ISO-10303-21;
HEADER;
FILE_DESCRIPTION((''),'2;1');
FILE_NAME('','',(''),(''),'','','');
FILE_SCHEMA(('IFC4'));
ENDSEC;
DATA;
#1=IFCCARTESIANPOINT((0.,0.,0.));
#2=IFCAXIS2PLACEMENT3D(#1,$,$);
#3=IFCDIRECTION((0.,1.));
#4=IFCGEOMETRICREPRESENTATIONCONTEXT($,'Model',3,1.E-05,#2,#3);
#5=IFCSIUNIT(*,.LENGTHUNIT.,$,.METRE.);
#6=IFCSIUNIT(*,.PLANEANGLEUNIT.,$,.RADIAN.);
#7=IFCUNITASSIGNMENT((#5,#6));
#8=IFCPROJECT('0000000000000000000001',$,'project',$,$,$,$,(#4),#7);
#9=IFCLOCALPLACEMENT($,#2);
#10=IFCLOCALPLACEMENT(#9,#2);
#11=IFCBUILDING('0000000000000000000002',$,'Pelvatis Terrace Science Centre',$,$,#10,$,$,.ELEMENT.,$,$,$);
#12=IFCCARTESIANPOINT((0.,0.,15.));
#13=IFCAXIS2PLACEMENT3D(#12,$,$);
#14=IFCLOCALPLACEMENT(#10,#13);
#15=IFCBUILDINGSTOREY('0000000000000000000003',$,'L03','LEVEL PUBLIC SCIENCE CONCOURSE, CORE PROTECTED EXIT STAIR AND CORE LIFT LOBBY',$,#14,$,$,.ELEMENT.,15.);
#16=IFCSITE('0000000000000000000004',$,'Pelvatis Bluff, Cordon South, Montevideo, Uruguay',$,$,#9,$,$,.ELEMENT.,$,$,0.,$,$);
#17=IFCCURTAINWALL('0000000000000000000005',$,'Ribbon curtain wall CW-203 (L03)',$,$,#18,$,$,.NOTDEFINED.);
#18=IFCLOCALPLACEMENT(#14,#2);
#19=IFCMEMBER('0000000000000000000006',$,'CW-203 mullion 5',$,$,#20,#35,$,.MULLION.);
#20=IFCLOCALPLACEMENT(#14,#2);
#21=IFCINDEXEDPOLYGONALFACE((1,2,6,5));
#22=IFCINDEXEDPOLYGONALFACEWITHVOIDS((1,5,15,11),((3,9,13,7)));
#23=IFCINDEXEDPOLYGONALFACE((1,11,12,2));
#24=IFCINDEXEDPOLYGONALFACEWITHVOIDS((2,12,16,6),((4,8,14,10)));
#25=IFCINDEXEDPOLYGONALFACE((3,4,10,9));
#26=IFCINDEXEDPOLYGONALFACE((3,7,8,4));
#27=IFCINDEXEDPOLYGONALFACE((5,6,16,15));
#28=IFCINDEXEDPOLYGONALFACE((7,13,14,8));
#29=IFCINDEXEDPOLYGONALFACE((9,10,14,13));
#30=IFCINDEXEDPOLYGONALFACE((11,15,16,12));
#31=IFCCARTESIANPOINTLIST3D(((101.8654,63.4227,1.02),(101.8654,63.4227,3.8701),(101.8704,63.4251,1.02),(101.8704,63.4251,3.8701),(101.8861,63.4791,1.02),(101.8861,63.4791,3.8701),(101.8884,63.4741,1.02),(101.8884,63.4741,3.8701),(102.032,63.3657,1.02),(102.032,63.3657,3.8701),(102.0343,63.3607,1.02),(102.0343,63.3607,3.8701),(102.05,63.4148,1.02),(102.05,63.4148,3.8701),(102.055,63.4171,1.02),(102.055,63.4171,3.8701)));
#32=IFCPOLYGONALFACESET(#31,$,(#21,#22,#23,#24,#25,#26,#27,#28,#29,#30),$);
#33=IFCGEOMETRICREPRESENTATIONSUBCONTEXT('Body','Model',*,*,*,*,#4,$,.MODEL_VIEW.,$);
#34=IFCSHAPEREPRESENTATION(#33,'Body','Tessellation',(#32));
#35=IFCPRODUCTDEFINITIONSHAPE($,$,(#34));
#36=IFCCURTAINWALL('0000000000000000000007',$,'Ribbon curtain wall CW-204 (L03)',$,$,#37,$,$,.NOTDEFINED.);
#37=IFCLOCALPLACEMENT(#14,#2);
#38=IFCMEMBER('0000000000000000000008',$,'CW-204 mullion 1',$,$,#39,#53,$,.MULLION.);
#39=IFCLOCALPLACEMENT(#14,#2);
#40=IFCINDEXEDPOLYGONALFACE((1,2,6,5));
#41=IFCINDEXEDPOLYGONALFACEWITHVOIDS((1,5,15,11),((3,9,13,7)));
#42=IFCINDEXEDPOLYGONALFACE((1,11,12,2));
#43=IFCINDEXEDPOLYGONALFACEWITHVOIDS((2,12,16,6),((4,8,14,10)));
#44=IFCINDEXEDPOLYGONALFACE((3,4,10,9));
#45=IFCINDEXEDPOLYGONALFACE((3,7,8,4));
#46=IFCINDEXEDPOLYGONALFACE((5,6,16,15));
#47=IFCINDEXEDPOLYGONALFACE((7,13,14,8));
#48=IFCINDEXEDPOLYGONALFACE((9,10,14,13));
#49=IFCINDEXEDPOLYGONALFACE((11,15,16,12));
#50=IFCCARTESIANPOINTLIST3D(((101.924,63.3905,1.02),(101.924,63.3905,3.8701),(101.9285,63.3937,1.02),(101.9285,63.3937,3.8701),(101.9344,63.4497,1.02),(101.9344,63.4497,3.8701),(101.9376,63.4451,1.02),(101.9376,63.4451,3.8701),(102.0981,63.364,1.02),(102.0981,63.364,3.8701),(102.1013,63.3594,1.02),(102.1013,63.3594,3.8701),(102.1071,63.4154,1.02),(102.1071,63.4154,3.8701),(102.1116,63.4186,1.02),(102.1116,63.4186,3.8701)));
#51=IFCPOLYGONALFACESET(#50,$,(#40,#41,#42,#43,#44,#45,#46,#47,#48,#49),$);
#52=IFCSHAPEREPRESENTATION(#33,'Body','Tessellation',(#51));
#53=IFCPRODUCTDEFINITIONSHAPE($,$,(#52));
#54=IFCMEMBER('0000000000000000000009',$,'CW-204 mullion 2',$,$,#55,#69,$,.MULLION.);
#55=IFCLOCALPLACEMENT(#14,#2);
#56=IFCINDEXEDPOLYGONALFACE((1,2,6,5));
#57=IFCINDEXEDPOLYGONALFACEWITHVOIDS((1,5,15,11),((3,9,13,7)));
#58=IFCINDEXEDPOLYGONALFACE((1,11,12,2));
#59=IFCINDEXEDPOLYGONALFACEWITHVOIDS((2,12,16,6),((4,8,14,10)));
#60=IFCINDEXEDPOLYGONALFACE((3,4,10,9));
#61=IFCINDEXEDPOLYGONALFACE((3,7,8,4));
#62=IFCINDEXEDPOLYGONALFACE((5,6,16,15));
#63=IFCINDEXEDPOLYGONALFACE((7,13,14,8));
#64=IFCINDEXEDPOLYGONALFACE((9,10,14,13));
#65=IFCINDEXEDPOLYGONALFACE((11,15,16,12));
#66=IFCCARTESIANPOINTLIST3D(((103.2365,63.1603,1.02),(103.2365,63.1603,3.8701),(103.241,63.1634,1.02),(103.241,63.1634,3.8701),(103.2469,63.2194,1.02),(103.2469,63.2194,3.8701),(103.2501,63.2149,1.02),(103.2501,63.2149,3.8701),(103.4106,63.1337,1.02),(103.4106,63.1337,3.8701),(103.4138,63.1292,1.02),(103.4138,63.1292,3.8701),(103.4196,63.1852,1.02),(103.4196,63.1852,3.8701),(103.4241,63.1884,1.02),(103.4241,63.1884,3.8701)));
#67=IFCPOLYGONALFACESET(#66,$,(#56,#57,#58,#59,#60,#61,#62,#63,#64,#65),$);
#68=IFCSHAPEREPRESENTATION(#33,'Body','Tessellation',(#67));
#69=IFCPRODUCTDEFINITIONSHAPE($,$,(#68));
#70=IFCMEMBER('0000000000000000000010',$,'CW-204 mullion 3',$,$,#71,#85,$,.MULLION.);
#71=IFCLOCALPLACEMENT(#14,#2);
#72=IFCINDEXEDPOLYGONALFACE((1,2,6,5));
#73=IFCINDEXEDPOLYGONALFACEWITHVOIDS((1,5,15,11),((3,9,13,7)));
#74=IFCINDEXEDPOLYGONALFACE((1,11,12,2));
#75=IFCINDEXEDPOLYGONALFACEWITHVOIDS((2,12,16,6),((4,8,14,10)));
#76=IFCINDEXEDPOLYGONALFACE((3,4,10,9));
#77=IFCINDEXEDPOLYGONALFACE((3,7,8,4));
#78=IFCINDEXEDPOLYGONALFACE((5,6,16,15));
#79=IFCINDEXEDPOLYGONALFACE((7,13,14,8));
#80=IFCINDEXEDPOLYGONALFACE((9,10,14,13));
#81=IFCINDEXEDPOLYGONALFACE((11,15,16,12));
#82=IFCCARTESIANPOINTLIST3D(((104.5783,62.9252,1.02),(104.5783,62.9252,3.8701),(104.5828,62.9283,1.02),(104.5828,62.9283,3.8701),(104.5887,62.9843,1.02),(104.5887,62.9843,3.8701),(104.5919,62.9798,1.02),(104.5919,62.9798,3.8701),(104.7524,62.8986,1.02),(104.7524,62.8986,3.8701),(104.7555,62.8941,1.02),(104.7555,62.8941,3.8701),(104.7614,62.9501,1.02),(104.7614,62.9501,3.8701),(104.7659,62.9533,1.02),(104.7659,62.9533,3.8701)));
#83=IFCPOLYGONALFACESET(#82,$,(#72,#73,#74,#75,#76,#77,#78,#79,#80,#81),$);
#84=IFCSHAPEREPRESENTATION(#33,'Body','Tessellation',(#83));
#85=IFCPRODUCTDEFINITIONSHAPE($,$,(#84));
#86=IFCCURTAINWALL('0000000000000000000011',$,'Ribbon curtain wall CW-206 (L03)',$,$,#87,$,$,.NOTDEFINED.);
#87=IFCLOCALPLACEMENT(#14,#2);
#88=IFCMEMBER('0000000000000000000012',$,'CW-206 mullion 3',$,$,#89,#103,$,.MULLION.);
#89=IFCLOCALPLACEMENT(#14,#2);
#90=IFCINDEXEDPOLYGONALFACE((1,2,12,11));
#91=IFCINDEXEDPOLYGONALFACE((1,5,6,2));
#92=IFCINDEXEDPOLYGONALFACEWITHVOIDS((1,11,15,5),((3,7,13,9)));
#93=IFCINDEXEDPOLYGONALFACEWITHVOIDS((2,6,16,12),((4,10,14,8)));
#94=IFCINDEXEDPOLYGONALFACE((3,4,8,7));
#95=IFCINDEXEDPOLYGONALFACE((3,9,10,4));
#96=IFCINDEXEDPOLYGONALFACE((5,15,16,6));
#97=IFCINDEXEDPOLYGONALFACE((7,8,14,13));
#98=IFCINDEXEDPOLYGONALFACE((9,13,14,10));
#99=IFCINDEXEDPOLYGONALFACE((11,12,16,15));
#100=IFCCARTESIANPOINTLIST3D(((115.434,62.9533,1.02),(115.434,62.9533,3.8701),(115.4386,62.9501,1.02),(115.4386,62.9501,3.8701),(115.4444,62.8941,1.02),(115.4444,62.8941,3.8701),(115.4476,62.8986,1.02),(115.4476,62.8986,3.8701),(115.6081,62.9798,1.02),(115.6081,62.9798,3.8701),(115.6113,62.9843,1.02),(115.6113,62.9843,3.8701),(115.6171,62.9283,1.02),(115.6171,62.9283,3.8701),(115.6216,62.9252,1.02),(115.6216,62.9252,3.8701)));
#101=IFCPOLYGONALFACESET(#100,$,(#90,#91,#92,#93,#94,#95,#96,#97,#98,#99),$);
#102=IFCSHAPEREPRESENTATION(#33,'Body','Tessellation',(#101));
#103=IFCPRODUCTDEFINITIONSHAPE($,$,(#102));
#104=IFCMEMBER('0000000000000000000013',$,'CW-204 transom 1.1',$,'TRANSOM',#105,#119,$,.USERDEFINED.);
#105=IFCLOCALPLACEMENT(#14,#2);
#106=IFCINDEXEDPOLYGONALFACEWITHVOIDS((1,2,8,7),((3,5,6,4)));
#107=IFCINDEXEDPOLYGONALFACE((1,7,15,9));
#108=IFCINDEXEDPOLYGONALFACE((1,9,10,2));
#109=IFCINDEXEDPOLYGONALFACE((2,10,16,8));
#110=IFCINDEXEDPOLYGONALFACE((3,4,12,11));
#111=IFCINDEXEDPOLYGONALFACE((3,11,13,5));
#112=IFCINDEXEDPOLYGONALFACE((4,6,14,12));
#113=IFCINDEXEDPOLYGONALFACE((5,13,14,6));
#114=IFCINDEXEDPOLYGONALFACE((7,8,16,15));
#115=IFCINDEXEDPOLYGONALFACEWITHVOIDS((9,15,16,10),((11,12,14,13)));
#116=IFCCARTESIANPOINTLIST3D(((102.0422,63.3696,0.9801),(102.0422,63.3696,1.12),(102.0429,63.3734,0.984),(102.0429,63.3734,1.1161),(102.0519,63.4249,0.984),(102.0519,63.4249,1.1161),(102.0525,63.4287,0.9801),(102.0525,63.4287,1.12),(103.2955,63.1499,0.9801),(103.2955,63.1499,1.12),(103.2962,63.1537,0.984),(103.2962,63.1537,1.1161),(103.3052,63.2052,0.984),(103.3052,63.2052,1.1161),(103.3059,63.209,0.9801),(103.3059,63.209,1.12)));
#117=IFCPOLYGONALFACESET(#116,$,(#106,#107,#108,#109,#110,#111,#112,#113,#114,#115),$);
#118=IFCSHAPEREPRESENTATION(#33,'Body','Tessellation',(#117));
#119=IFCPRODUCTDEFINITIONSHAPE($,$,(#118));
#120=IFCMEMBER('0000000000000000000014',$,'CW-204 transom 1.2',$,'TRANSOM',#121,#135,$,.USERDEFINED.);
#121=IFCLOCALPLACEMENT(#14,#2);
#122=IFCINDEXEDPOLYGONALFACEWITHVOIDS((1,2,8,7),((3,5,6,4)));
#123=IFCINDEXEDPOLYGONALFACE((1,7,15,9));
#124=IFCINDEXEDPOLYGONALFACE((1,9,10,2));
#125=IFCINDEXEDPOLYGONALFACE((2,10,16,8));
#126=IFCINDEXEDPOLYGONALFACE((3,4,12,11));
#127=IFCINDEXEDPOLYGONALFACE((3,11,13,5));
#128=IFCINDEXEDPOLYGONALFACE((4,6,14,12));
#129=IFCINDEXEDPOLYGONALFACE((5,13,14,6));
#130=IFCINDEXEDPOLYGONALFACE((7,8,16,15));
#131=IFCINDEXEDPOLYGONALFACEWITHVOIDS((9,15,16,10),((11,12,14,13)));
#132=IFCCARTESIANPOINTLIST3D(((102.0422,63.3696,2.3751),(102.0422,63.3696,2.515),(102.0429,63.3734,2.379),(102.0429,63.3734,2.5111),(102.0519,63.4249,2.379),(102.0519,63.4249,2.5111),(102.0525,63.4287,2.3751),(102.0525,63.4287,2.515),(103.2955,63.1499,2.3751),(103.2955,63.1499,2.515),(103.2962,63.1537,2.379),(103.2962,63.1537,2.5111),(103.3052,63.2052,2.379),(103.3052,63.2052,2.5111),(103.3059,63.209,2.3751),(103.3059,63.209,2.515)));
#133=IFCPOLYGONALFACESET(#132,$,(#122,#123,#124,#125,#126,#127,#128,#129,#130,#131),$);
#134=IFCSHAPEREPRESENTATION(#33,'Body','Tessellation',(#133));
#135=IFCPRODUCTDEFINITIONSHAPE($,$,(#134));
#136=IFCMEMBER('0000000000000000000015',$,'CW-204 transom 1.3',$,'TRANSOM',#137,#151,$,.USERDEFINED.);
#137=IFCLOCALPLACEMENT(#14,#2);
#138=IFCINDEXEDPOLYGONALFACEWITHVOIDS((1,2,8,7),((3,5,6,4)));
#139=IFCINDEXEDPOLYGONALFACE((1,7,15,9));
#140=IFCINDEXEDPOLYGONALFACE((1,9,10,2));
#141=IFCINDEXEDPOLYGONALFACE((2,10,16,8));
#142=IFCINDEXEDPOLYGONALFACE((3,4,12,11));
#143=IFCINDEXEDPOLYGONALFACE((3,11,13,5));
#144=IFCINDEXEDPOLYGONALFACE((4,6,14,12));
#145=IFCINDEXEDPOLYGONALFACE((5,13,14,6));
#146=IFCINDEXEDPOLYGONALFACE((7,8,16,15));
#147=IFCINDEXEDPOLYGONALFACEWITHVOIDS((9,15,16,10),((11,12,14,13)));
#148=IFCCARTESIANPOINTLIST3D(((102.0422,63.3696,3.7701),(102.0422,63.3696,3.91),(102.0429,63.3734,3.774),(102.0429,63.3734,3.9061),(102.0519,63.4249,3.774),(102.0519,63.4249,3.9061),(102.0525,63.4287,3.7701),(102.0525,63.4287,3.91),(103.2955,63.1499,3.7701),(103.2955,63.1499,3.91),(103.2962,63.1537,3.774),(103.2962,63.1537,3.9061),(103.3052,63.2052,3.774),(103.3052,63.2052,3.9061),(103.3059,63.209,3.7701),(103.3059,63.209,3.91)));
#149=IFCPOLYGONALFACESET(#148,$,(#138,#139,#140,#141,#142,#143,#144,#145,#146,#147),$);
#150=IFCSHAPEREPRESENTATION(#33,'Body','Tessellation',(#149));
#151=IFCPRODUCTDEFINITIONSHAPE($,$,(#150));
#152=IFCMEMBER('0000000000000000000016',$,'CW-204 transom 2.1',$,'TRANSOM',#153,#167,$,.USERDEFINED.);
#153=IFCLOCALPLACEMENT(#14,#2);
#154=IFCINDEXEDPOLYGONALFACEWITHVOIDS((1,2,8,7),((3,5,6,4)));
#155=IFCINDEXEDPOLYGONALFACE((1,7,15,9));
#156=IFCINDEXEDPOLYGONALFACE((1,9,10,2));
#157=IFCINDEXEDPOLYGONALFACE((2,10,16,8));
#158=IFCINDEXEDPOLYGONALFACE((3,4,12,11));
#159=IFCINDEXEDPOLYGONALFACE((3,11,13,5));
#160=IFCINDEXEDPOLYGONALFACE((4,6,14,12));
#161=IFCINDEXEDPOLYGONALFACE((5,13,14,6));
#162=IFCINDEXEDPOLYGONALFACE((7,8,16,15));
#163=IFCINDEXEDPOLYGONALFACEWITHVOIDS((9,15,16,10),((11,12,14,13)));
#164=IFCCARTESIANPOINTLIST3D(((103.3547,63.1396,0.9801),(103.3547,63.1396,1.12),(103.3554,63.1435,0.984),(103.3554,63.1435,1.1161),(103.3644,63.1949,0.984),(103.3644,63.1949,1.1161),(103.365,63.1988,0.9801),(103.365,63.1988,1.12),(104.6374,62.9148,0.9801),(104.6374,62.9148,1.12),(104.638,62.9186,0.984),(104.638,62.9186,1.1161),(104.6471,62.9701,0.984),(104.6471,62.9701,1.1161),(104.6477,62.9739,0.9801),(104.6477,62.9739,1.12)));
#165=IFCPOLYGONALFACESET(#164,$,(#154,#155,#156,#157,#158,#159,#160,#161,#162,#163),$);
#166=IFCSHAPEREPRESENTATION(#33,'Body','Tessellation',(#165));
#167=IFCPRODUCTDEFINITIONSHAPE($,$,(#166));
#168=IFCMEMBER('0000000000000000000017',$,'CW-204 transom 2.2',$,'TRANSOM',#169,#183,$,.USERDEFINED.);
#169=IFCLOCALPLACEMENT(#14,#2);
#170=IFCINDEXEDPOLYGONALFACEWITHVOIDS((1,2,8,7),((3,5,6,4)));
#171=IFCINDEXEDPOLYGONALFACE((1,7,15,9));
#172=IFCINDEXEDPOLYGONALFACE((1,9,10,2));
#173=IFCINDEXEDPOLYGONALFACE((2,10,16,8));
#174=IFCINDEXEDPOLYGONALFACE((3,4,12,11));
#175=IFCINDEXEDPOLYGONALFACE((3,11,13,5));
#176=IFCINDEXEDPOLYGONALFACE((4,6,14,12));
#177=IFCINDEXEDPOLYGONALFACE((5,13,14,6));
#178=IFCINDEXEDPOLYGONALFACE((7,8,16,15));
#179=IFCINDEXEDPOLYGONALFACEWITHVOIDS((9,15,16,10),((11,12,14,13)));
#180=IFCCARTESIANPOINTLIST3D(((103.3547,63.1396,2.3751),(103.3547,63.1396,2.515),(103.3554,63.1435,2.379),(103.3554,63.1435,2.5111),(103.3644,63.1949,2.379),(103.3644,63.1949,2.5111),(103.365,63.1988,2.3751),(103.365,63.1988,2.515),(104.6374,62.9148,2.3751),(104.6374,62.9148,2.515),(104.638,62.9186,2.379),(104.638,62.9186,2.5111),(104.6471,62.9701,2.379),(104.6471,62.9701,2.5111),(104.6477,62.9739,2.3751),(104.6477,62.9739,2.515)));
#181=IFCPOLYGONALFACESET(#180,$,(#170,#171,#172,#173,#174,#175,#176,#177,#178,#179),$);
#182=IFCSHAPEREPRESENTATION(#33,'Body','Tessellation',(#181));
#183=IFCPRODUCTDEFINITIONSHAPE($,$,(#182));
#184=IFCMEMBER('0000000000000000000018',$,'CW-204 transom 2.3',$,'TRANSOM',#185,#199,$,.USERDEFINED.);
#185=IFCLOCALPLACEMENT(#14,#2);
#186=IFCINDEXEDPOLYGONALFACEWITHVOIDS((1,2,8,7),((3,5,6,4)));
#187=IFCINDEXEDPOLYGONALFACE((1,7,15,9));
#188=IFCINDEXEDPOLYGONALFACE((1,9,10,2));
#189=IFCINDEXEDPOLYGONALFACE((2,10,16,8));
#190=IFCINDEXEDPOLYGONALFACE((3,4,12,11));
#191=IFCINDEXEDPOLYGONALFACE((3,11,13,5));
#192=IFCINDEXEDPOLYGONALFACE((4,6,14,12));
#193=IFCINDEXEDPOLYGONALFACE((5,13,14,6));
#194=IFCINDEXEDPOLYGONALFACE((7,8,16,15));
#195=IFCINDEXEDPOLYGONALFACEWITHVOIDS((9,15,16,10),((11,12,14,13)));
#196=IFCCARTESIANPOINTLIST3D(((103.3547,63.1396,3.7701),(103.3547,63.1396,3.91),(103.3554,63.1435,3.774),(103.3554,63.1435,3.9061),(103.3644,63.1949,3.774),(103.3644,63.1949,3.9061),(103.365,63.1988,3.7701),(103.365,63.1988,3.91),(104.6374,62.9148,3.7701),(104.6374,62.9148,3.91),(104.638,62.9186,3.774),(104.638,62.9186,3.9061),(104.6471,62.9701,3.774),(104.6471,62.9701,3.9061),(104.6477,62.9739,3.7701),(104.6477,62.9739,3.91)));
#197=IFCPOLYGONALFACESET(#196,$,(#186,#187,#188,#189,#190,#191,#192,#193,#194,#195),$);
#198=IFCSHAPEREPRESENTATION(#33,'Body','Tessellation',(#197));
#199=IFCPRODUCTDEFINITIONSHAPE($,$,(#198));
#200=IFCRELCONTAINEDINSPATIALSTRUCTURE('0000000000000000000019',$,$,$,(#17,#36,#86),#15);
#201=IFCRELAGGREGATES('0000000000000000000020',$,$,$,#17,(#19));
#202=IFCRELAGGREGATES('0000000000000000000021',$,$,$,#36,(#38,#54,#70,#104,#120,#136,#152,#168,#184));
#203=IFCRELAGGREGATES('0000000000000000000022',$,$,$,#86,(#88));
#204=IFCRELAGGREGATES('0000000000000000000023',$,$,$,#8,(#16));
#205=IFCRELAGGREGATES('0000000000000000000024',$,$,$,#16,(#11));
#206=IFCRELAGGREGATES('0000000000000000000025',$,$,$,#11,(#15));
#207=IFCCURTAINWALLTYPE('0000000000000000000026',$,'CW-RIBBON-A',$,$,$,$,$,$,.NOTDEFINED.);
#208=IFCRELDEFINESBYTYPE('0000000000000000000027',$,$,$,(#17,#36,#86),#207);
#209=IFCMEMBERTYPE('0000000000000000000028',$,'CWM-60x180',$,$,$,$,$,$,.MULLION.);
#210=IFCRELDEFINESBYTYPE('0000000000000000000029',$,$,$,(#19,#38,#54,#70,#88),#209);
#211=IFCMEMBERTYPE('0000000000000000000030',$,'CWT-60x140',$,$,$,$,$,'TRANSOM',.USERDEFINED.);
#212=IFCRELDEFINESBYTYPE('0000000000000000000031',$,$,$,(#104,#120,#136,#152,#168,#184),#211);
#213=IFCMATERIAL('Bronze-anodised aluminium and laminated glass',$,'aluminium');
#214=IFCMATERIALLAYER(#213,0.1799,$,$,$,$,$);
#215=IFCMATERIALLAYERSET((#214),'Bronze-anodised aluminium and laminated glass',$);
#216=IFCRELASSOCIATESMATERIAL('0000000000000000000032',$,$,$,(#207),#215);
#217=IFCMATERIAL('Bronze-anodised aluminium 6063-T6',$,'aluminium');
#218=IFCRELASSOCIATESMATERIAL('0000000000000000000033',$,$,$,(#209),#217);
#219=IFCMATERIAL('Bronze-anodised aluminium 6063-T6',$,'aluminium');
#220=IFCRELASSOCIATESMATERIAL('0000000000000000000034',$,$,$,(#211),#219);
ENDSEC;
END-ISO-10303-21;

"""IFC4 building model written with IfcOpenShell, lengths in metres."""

from ifc_helpers import new_model, si_unit, direction, frame, origin, origin_2d, place, context, subcontext, project, spatial, hollow_rectangle, extrude, material, layer, layer_set, material_profile, profile_set, type_object, element, aggregate, save


model = new_model("IFC4")

# Units and contexts
model_context = context("Model", 3, precision=1e-05, world=origin(), true_north=direction((0.0, 1.0)))
body_context = subcontext(model_context, "Body", "Model", "MODEL_VIEW")
ifc_project = project(units=[si_unit("LENGTHUNIT", "METRE"), si_unit("PLANEANGLEUNIT", "RADIAN")], contexts=[model_context])

# Site, building, storey
site_placement = place(None, origin())
site = spatial("IfcSite", under=ifc_project, at=site_placement, Name="Pelvatis Bluff, Cordon South, Montevideo, Uruguay", CompositionType="ELEMENT", RefElevation=0.0)
building_placement = place(site_placement, origin())
building = spatial("IfcBuilding", under=site, at=building_placement, Name="Pelvatis Terrace Science Centre", CompositionType="ELEMENT")
storey_placement = place(building_placement, frame((0.0, 0.0, 15.0)))
storey = spatial("IfcBuildingStorey", under=building, at=storey_placement, Name="L03", Description="LEVEL PUBLIC SCIENCE CONCOURSE, CORE PROTECTED EXIT STAIR AND CORE LIFT LOBBY", CompositionType="ELEMENT", Elevation=15.0)

# Curtain wall, member
ifc_material_1 = material(Name="Bronze-anodised aluminium and laminated glass", Category="aluminium")
ifc_layer_1 = layer(ifc_material_1, 0.1799)
ifc_layer_set_1 = layer_set([ifc_layer_1], Name="Bronze-anodised aluminium and laminated glass")
curtain_wall_type = type_object("IfcCurtainWallType", Name="CW-RIBBON-A", PredefinedType="NOTDEFINED", material=ifc_layer_set_1)
curtain_wall_1_placement = place(storey_placement, origin())
curtain_wall_1 = element("IfcCurtainWall", 1, at=curtain_wall_1_placement, inside=storey, type_object=curtain_wall_type, Name="Ribbon curtain wall CW-203 (L03)", PredefinedType="NOTDEFINED")
ifc_material_2 = material(Name="Bronze-anodised aluminium 6063-T6", Category="aluminium")
ifc_material_profile_1 = material_profile(ifc_material_2, hollow_rectangle(XDim=0.0601, YDim=0.1799, WallThickness=0.0039, at=origin_2d()), Name="ALU-MUL 60x180")
ifc_profile_set_1 = profile_set([ifc_material_profile_1], Name="Bronze-anodised aluminium 6063-T6")
member_type_1 = type_object("IfcMemberType", Name="CWM-60x180", PredefinedType="MULLION", material=ifc_profile_set_1)
member_1_placement = place(storey_placement, frame((101.9602, 63.4199, 1.02), z_axis=(0.0, 0.0, 1.0), x_axis=(0.344715, 0.938707, 0.0)))
member_1 = element("IfcMember", 2, at=member_1_placement, type_object=member_type_1, Name="CW-203 mullion 5", PredefinedType="MULLION", context=body_context, shape_type="SweptSolid", body=[
    extrude(hollow_rectangle(XDim=0.0601, YDim=0.1799, WallThickness=0.0039, at=origin_2d()), origin(), (0.0, 0.0, 1.0), 2.8501),
])

# Curtain wall, members
curtain_wall_2_placement = place(storey_placement, origin())
curtain_wall_2 = element("IfcCurtainWall", 3, at=curtain_wall_2_placement, inside=storey, type_object=curtain_wall_type, Name="Ribbon curtain wall CW-204 (L03)", PredefinedType="NOTDEFINED")
member_2_placement = place(storey_placement, frame((102.0178, 63.4045, 1.02), z_axis=(0.0, 0.0, 1.0), x_axis=(0.172671, 0.984979, 0.0)))
member_2 = element("IfcMember", 4, at=member_2_placement, type_object=member_type_1, Name="CW-204 mullion 1", PredefinedType="MULLION", context=body_context, shape_type="SweptSolid", body=[
    extrude(hollow_rectangle(XDim=0.0601, YDim=0.1799, WallThickness=0.0039, at=origin_2d()), origin(), (0.0, 0.0, 1.0), 2.8501),
])
member_3_placement = place(storey_placement, frame((103.3303, 63.1743, 1.02), z_axis=(0.0, 0.0, 1.0), x_axis=(0.172671, 0.984979, 0.0)))
member_3 = element("IfcMember", 5, at=member_3_placement, type_object=member_type_1, Name="CW-204 mullion 2", PredefinedType="MULLION", context=body_context, shape_type="SweptSolid", body=[
    extrude(hollow_rectangle(XDim=0.0601, YDim=0.1799, WallThickness=0.0039, at=origin_2d()), origin(), (0.0, 0.0, 1.0), 2.8501),
])
member_4_placement = place(storey_placement, frame((104.6721, 62.9392, 1.02), z_axis=(0.0, 0.0, 1.0), x_axis=(0.172671, 0.984979, 0.0)))
member_4 = element("IfcMember", 6, at=member_4_placement, type_object=member_type_1, Name="CW-204 mullion 3", PredefinedType="MULLION", context=body_context, shape_type="SweptSolid", body=[
    extrude(hollow_rectangle(XDim=0.0601, YDim=0.1799, WallThickness=0.0039, at=origin_2d()), origin(), (0.0, 0.0, 1.0), 2.8501),
])

# Curtain wall, member
curtain_wall_3_placement = place(storey_placement, origin())
curtain_wall_3 = element("IfcCurtainWall", 7, at=curtain_wall_3_placement, inside=storey, type_object=curtain_wall_type, Name="Ribbon curtain wall CW-206 (L03)", PredefinedType="NOTDEFINED")
member_5_placement = place(storey_placement, frame((115.5278, 62.9392, 1.02), z_axis=(0.0, 0.0, 1.0), x_axis=(-0.172671, 0.984979, 0.0)))
member_5 = element("IfcMember", 8, at=member_5_placement, type_object=member_type_1, Name="CW-206 mullion 3", PredefinedType="MULLION", context=body_context, shape_type="SweptSolid", body=[
    extrude(hollow_rectangle(XDim=0.0601, YDim=0.1799, WallThickness=0.0039, at=origin_2d()), origin(), (0.0, 0.0, 1.0), 2.8501),
])

# Members
ifc_material_3 = material(Name="Bronze-anodised aluminium 6063-T6", Category="aluminium")
ifc_material_profile_2 = material_profile(ifc_material_3, hollow_rectangle(XDim=0.0601, YDim=0.1399, WallThickness=0.0039, at=origin_2d()), Name="ALU-TRN 60x140")
ifc_profile_set_2 = profile_set([ifc_material_profile_2], Name="Bronze-anodised aluminium 6063-T6")
member_type_2 = type_object("IfcMemberType", Name="CWT-60x140", ElementType="TRANSOM", PredefinedType="USERDEFINED", material=ifc_profile_set_2)
member_6_placement = place(storey_placement, frame((102.0474, 63.3992, 1.05), z_axis=(0.98498, -0.172669, 0.0), x_axis=(0.172669, 0.98498, 0.0)))
member_6 = element("IfcMember", 9, at=member_6_placement, type_object=member_type_2, Name="CW-204 transom 1.1", ObjectType="TRANSOM", PredefinedType="USERDEFINED", context=body_context, shape_type="SweptSolid", body=[
    extrude(hollow_rectangle(XDim=0.0601, YDim=0.1399, WallThickness=0.0039, at=origin_2d()), origin(), (0.0, 0.0, 1.0), 1.2725),
])
member_7_placement = place(storey_placement, frame((102.0474, 63.3992, 2.4451), z_axis=(0.98498, -0.172669, 0.0), x_axis=(0.172669, 0.98498, 0.0)))
member_7 = element("IfcMember", 10, at=member_7_placement, type_object=member_type_2, Name="CW-204 transom 1.2", ObjectType="TRANSOM", PredefinedType="USERDEFINED", context=body_context, shape_type="SweptSolid", body=[
    extrude(hollow_rectangle(XDim=0.0601, YDim=0.1399, WallThickness=0.0039, at=origin_2d()), origin(), (0.0, 0.0, 1.0), 1.2725),
])
member_8_placement = place(storey_placement, frame((102.0474, 63.3992, 3.8401), z_axis=(0.98498, -0.172669, 0.0), x_axis=(0.172669, 0.98498, 0.0)))
member_8 = element("IfcMember", 11, at=member_8_placement, type_object=member_type_2, Name="CW-204 transom 1.3", ObjectType="TRANSOM", PredefinedType="USERDEFINED", context=body_context, shape_type="SweptSolid", body=[
    extrude(hollow_rectangle(XDim=0.0601, YDim=0.1399, WallThickness=0.0039, at=origin_2d()), origin(), (0.0, 0.0, 1.0), 1.2725),
])
member_9_placement = place(storey_placement, frame((103.3599, 63.1692, 1.05), z_axis=(0.984981, -0.172662, 0.0), x_axis=(0.172662, 0.984981, 0.0)))
member_9 = element("IfcMember", 12, at=member_9_placement, type_object=member_type_2, Name="CW-204 transom 2.1", ObjectType="TRANSOM", PredefinedType="USERDEFINED", context=body_context, shape_type="SweptSolid", body=[
    extrude(hollow_rectangle(XDim=0.0601, YDim=0.1399, WallThickness=0.0039, at=origin_2d()), origin(), (0.0, 0.0, 1.0), 1.3022),
])
member_10_placement = place(storey_placement, frame((103.3599, 63.1692, 2.4451), z_axis=(0.984981, -0.172662, 0.0), x_axis=(0.172662, 0.984981, 0.0)))
member_10 = element("IfcMember", 13, at=member_10_placement, type_object=member_type_2, Name="CW-204 transom 2.2", ObjectType="TRANSOM", PredefinedType="USERDEFINED", context=body_context, shape_type="SweptSolid", body=[
    extrude(hollow_rectangle(XDim=0.0601, YDim=0.1399, WallThickness=0.0039, at=origin_2d()), origin(), (0.0, 0.0, 1.0), 1.3022),
])
member_11_placement = place(storey_placement, frame((103.3599, 63.1692, 3.8401), z_axis=(0.984981, -0.172662, 0.0), x_axis=(0.172662, 0.984981, 0.0)))
member_11 = element("IfcMember", 14, at=member_11_placement, type_object=member_type_2, Name="CW-204 transom 2.3", ObjectType="TRANSOM", PredefinedType="USERDEFINED", context=body_context, shape_type="SweptSolid", body=[
    extrude(hollow_rectangle(XDim=0.0601, YDim=0.1399, WallThickness=0.0039, at=origin_2d()), origin(), (0.0, 0.0, 1.0), 1.3022),
])

aggregate(curtain_wall_1, [member_1])
aggregate(curtain_wall_2, [member_2, member_3, member_4, member_6, member_7, member_8, member_9, member_10, member_11])
aggregate(curtain_wall_3, [member_5])

save(model, "model.ifc")
